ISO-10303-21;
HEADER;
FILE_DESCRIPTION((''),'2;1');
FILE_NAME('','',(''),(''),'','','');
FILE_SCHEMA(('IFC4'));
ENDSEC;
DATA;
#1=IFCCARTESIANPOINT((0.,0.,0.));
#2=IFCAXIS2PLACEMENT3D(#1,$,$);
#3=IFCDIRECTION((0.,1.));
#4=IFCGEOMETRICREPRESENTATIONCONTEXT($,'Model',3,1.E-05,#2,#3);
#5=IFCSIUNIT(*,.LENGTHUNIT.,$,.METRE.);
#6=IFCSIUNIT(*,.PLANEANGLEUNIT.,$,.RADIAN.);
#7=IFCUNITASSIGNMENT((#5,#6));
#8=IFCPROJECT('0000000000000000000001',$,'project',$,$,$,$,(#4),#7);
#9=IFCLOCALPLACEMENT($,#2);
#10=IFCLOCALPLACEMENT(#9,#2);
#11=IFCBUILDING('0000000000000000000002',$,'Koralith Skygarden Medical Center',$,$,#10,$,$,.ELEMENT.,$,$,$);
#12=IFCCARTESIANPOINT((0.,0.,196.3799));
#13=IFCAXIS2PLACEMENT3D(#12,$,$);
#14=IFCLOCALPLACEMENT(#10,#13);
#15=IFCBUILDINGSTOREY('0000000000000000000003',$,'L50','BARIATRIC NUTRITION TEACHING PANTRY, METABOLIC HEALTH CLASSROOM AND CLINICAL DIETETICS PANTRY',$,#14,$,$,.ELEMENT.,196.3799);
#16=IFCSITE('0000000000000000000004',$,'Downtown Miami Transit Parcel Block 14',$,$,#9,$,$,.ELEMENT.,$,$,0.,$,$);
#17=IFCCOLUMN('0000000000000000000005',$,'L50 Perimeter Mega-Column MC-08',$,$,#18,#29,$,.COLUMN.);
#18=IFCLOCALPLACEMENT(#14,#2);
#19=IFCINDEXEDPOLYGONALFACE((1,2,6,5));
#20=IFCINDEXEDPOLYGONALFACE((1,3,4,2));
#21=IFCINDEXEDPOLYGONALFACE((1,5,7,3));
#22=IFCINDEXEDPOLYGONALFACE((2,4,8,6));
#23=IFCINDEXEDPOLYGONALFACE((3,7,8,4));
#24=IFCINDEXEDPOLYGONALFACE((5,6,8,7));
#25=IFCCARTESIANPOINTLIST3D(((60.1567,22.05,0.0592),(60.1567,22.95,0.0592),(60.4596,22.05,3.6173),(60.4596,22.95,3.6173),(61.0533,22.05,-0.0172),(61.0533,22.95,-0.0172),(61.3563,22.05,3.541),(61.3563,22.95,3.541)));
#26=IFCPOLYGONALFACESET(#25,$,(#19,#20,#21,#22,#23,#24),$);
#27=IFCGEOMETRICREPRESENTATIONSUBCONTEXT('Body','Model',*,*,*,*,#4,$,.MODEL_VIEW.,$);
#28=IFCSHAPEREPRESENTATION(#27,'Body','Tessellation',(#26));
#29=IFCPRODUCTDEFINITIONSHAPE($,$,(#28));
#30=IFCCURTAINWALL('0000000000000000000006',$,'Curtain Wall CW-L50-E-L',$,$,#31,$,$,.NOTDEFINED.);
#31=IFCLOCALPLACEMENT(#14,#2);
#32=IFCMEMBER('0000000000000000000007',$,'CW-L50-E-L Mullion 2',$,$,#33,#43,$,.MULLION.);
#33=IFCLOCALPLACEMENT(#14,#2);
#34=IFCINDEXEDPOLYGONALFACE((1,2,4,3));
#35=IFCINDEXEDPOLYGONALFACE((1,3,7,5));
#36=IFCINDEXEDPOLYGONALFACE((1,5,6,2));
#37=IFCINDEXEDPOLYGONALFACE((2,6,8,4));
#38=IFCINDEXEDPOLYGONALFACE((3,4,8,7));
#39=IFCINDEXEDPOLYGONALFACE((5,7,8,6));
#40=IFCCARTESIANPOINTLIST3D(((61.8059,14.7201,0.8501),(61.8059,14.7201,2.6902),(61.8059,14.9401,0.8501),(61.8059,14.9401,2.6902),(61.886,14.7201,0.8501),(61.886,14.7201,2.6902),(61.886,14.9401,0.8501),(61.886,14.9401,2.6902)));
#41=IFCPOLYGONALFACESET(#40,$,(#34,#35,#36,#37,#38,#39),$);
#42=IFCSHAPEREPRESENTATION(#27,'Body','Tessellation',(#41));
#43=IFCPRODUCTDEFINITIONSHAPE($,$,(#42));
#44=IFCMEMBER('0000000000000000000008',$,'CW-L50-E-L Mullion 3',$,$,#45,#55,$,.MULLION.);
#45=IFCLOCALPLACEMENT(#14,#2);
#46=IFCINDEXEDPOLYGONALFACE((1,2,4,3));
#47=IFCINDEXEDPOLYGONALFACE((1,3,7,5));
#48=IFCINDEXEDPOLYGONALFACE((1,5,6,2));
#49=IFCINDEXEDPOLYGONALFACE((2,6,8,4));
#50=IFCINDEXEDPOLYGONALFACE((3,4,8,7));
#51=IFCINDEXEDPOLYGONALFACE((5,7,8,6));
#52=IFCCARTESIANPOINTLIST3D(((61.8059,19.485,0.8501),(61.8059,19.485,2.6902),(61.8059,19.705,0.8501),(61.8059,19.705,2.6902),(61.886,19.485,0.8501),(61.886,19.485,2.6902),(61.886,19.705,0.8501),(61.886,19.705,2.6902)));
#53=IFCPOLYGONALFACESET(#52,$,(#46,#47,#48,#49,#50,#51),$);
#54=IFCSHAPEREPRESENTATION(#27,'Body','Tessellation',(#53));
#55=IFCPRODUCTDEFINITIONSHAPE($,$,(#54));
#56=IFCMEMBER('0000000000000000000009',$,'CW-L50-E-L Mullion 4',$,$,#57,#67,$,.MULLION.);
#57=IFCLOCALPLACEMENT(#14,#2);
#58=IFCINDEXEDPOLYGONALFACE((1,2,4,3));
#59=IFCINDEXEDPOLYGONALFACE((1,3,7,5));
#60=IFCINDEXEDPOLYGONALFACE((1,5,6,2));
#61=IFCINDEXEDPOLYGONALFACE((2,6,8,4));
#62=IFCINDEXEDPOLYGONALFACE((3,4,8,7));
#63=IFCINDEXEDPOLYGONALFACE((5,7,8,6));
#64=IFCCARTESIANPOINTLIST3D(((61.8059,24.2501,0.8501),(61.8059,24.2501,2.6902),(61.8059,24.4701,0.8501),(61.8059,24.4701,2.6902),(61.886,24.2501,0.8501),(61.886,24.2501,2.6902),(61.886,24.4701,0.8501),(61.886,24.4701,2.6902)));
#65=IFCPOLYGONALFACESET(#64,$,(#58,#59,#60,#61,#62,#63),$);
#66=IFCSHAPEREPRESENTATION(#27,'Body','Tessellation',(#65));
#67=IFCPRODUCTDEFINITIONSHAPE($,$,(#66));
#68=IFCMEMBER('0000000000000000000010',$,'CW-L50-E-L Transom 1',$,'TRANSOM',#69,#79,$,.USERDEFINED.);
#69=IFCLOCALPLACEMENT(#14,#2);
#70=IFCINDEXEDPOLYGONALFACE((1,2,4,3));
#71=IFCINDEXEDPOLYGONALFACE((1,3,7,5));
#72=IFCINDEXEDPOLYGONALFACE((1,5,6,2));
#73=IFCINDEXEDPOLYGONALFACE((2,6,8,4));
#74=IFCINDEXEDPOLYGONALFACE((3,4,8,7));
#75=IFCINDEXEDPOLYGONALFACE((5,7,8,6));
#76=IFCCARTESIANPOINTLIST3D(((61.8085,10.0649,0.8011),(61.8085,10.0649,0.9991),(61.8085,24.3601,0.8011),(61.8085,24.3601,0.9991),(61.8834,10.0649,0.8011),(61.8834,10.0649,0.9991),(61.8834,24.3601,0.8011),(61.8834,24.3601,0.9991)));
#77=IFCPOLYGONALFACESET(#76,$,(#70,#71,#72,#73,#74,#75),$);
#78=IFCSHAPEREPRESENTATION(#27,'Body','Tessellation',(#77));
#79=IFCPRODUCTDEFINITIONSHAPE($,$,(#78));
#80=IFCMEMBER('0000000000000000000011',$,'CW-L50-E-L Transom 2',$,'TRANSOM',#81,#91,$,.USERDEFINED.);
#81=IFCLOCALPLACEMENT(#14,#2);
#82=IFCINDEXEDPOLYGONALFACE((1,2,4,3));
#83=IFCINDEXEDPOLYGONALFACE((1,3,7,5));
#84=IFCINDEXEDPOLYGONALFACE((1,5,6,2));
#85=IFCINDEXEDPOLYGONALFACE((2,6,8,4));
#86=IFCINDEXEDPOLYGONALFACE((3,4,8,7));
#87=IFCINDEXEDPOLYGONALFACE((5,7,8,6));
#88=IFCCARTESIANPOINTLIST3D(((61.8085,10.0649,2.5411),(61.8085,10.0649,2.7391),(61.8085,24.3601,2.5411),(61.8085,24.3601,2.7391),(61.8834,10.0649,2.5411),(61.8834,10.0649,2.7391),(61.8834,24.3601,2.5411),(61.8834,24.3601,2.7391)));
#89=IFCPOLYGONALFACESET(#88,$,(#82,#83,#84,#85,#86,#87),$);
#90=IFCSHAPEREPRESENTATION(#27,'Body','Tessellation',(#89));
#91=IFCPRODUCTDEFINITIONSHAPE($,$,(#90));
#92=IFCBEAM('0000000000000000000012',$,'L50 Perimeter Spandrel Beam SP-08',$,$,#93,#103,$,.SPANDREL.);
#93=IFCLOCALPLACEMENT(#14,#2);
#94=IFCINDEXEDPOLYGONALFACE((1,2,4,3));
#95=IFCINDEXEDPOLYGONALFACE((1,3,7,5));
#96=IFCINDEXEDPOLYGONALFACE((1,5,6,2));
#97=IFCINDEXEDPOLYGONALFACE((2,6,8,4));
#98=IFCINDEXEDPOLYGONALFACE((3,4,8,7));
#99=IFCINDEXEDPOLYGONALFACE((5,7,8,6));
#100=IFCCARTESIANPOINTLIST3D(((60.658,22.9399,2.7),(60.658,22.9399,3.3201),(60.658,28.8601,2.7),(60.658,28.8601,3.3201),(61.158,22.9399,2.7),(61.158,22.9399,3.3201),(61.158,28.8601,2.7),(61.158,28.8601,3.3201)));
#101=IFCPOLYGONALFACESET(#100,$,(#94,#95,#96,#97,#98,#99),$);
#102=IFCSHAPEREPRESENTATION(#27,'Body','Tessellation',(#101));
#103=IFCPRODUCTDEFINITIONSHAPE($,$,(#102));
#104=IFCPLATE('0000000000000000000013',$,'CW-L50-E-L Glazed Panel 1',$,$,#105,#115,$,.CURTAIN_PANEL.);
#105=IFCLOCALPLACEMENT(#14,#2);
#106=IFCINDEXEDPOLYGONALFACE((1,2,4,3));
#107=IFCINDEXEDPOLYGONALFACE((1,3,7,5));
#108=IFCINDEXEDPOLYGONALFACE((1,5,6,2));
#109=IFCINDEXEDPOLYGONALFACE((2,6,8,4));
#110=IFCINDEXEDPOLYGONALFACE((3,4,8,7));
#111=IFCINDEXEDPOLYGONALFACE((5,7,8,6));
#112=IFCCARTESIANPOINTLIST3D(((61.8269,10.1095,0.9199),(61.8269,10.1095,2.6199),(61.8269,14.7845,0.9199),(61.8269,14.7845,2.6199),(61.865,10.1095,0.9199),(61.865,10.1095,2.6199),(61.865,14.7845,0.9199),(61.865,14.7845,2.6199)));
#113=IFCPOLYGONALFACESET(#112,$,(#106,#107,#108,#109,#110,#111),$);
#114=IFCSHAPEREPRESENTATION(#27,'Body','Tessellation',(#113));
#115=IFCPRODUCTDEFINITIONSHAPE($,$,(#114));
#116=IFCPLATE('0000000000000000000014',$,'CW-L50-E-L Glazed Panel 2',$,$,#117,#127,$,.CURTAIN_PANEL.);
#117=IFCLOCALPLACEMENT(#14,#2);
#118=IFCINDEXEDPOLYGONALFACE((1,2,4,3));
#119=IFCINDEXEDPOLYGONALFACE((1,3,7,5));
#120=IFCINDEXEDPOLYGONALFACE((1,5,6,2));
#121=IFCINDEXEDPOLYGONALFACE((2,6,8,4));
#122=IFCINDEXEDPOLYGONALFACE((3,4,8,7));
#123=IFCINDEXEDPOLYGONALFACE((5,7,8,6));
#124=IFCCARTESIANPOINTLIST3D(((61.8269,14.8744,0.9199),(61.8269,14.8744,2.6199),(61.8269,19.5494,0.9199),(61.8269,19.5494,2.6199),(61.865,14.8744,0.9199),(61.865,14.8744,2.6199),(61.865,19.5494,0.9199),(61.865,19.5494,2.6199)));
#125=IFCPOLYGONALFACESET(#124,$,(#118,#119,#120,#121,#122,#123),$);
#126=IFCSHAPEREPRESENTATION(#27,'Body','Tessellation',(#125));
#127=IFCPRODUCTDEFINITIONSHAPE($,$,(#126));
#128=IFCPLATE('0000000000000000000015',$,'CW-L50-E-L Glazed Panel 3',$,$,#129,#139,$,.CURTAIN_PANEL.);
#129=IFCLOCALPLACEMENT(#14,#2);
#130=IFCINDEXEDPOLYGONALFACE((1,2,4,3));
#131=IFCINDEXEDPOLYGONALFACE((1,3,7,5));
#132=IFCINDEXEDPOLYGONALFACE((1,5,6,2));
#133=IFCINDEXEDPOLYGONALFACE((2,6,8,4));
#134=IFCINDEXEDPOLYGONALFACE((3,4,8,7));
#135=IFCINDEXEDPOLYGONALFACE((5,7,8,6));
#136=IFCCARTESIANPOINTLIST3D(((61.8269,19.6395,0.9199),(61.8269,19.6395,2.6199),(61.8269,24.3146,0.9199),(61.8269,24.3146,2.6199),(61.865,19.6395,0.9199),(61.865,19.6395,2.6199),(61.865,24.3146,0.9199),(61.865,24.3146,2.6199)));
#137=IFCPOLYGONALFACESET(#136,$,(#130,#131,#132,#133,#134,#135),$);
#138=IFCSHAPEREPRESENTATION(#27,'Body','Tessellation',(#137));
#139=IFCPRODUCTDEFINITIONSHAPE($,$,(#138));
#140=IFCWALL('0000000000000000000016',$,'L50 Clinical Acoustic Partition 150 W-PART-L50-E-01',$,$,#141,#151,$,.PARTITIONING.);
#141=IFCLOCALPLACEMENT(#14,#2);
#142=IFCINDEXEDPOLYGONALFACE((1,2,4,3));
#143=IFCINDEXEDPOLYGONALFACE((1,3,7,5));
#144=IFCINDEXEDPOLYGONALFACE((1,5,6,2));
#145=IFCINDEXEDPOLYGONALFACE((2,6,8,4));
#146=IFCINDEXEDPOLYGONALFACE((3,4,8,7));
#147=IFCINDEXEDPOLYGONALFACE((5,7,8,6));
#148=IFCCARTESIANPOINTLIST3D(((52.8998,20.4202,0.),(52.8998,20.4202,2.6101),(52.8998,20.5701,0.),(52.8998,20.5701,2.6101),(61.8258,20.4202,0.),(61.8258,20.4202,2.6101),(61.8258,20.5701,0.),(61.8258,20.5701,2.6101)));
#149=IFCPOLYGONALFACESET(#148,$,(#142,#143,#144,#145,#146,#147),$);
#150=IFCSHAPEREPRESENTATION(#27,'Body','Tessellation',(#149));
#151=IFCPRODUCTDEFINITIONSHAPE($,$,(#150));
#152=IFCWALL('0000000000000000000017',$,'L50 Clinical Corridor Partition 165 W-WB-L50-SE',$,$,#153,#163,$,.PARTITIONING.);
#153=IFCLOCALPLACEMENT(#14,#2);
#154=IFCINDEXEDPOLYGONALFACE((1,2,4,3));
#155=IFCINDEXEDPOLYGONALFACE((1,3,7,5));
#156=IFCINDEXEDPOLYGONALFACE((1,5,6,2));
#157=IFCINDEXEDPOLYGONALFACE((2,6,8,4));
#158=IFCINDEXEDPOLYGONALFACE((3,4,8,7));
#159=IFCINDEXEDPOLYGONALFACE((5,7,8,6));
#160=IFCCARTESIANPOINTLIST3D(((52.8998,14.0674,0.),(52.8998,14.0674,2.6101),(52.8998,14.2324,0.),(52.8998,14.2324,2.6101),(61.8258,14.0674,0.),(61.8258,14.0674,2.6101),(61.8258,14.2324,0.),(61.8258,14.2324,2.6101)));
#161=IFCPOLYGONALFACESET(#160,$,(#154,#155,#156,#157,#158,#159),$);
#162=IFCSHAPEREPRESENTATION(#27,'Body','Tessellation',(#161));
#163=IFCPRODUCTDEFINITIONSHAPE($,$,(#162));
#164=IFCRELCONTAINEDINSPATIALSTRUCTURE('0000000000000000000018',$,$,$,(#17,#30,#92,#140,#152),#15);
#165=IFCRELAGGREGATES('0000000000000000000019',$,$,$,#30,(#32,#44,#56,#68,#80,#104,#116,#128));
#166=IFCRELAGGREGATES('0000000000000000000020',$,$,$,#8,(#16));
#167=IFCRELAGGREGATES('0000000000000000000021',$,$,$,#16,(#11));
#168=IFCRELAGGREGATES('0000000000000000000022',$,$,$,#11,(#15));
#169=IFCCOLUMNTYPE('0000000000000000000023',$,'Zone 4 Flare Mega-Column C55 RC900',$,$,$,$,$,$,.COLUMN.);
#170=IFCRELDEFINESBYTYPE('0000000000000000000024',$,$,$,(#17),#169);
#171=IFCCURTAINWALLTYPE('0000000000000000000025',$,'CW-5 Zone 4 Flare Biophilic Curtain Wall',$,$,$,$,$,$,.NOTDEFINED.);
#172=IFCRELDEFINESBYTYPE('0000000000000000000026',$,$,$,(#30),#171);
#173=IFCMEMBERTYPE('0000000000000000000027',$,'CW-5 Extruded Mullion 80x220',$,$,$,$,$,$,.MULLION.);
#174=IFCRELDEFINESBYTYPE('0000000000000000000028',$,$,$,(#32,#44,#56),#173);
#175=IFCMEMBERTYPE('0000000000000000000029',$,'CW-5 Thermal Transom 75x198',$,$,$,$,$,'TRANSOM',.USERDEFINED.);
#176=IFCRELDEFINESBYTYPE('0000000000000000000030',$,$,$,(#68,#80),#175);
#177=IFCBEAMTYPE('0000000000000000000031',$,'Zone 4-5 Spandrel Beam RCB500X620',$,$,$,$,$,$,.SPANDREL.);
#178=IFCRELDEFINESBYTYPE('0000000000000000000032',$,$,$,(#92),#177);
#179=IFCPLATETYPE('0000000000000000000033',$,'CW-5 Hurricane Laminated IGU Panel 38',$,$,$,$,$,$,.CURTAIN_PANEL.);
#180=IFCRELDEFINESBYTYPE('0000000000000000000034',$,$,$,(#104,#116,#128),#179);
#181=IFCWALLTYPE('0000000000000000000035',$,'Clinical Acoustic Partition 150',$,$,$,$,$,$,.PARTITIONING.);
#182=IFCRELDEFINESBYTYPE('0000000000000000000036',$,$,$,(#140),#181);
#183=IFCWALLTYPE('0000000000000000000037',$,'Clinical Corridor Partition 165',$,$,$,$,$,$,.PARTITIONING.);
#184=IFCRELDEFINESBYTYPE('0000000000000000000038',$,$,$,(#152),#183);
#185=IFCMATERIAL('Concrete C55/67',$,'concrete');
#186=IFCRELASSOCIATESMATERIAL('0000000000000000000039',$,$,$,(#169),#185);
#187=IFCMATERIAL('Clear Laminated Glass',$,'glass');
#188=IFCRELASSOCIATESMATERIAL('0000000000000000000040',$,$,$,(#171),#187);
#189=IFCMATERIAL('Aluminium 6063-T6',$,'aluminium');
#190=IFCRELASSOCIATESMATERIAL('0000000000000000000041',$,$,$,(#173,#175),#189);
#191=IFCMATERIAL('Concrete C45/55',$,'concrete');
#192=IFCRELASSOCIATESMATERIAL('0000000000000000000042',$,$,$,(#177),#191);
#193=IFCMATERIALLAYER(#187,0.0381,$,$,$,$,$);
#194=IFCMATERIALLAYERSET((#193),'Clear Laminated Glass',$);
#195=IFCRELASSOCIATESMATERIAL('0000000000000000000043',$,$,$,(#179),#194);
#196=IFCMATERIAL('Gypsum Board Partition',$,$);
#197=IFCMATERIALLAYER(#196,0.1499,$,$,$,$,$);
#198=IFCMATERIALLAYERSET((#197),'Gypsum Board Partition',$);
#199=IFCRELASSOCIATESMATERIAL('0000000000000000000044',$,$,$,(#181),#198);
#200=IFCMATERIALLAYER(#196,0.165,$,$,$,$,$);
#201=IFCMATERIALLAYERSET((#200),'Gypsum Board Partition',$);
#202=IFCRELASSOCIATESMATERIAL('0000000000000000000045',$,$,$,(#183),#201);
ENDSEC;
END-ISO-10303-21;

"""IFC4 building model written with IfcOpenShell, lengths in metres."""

from ifc_helpers import new_model, si_unit, direction, frame, frame_2d, origin, origin_2d, place, context, subcontext, project, spatial, rectangle, extrude, material, layer, layer_set, material_profile, profile_set, type_object, element, aggregate, save


model = new_model("IFC4")

# Units and contexts
model_context = context("Model", 3, precision=1e-05, world=origin(), true_north=direction((0.0, 1.0)))
body_context = subcontext(model_context, "Body", "Model", "MODEL_VIEW")
ifc_project = project(units=[si_unit("LENGTHUNIT", "METRE"), si_unit("PLANEANGLEUNIT", "RADIAN")], contexts=[model_context])

# Site, building, storey
site_placement = place(None, origin())
site = spatial("IfcSite", under=ifc_project, at=site_placement, Name="Downtown Miami Transit Parcel Block 14", CompositionType="ELEMENT", RefElevation=0.0)
building_placement = place(site_placement, origin())
building = spatial("IfcBuilding", under=site, at=building_placement, Name="Koralith Skygarden Medical Center", CompositionType="ELEMENT")
storey_placement = place(building_placement, frame((0.0, 0.0, 196.3799)))
storey = spatial("IfcBuildingStorey", under=building, at=storey_placement, Name="L50", Description="BARIATRIC NUTRITION TEACHING PANTRY, METABOLIC HEALTH CLASSROOM AND CLINICAL DIETETICS PANTRY", CompositionType="ELEMENT", Elevation=196.3799)

# Column
ifc_material_1 = material(Name="Concrete C55/67", Category="concrete")
ifc_material_profile_1 = material_profile(ifc_material_1, rectangle(XDim=0.8999, YDim=0.8999, at=origin_2d()), Name="RC900X900")
ifc_profile_set_1 = profile_set([ifc_material_profile_1], Name="Concrete C55/67")
column_type = type_object("IfcColumnType", Name="Zone 4 Flare Mega-Column C55 RC900", PredefinedType="COLUMN", material=ifc_profile_set_1)
column_placement = place(storey_placement, frame((60.605, 22.5, 0.021), z_axis=(0.084845, 0.0, 0.996394), x_axis=(0.0, 1.0, 0.0)))
element("IfcColumn", 1, at=column_placement, inside=storey, type_object=column_type, Name="L50 Perimeter Mega-Column MC-08", PredefinedType="COLUMN", context=body_context, shape_type="SweptSolid", body=[
    extrude(rectangle(XDim=0.8999, YDim=0.8999, at=origin_2d()), origin(), (0.0, 0.0, 1.0), 3.571),
])

# Curtain wall, members
ifc_material_2 = material(Name="Clear Laminated Glass", Category="glass")
curtain_wall_type = type_object("IfcCurtainWallType", Name="CW-5 Zone 4 Flare Biophilic Curtain Wall", PredefinedType="NOTDEFINED", material=ifc_material_2)
curtain_wall_placement = place(storey_placement, origin())
curtain_wall = element("IfcCurtainWall", 2, at=curtain_wall_placement, inside=storey, type_object=curtain_wall_type, Name="Curtain Wall CW-L50-E-L", PredefinedType="NOTDEFINED")
ifc_material_3 = material(Name="Aluminium 6063-T6", Category="aluminium")
ifc_material_profile_2 = material_profile(ifc_material_3, rectangle(XDim=0.0801, YDim=0.22, at=origin_2d()), Name="MUL80X220")
ifc_profile_set_2 = profile_set([ifc_material_profile_2], Name="Aluminium 6063-T6")
member_type_1 = type_object("IfcMemberType", Name="CW-5 Extruded Mullion 80x220", PredefinedType="MULLION", material=ifc_profile_set_2)
member_1_placement = place(storey_placement, frame((61.8459, 14.8301, 0.8501), z_axis=(0.0, 0.0, 1.0), x_axis=(1.0, 0.0, 0.0)))
member_1 = element("IfcMember", 3, at=member_1_placement, type_object=member_type_1, Name="CW-L50-E-L Mullion 2", PredefinedType="MULLION", context=body_context, shape_type="SweptSolid", body=[
    extrude(rectangle(XDim=0.0801, YDim=0.22, at=origin_2d()), origin(), (0.0, 0.0, 1.0), 1.8401),
])
member_2_placement = place(storey_placement, frame((61.8459, 19.595, 0.8501), z_axis=(0.0, 0.0, 1.0), x_axis=(1.0, 0.0, 0.0)))
member_2 = element("IfcMember", 4, at=member_2_placement, type_object=member_type_1, Name="CW-L50-E-L Mullion 3", PredefinedType="MULLION", context=body_context, shape_type="SweptSolid", body=[
    extrude(rectangle(XDim=0.0801, YDim=0.22, at=origin_2d()), origin(), (0.0, 0.0, 1.0), 1.8401),
])
member_3_placement = place(storey_placement, frame((61.8459, 24.3601, 0.8501), z_axis=(0.0, 0.0, 1.0), x_axis=(1.0, 0.0, 0.0)))
member_3 = element("IfcMember", 5, at=member_3_placement, type_object=member_type_1, Name="CW-L50-E-L Mullion 4", PredefinedType="MULLION", context=body_context, shape_type="SweptSolid", body=[
    extrude(rectangle(XDim=0.0801, YDim=0.22, at=origin_2d()), origin(), (0.0, 0.0, 1.0), 1.8401),
])
ifc_material_profile_3 = material_profile(ifc_material_3, rectangle(XDim=0.075, YDim=0.198, at=origin_2d()), Name="TRN75X198")
ifc_profile_set_3 = profile_set([ifc_material_profile_3], Name="Aluminium 6063-T6")
member_type_2 = type_object("IfcMemberType", Name="CW-5 Thermal Transom 75x198", ElementType="TRANSOM", PredefinedType="USERDEFINED", material=ifc_profile_set_3)
member_4_placement = place(storey_placement, frame((61.8459, 10.0649, 0.9001), z_axis=(0.0, 1.0, 0.0), x_axis=(-1.0, 0.0, 0.0)))
member_4 = element("IfcMember", 6, at=member_4_placement, type_object=member_type_2, Name="CW-L50-E-L Transom 1", ObjectType="TRANSOM", PredefinedType="USERDEFINED", context=body_context, shape_type="SweptSolid", body=[
    extrude(rectangle(XDim=0.075, YDim=0.198, at=origin_2d()), origin(), (0.0, 0.0, 1.0), 14.2952),
])
member_5_placement = place(storey_placement, frame((61.8459, 10.0649, 2.6401), z_axis=(0.0, 1.0, 0.0), x_axis=(-1.0, 0.0, 0.0)))
member_5 = element("IfcMember", 7, at=member_5_placement, type_object=member_type_2, Name="CW-L50-E-L Transom 2", ObjectType="TRANSOM", PredefinedType="USERDEFINED", context=body_context, shape_type="SweptSolid", body=[
    extrude(rectangle(XDim=0.075, YDim=0.198, at=origin_2d()), origin(), (0.0, 0.0, 1.0), 14.2952),
])

# Beam
ifc_material_4 = material(Name="Concrete C45/55", Category="concrete")
ifc_material_profile_4 = material_profile(ifc_material_4, rectangle(XDim=0.5, YDim=0.6201, at=origin_2d()), Name="RCB500X620")
ifc_profile_set_4 = profile_set([ifc_material_profile_4], Name="Concrete C45/55")
beam_type = type_object("IfcBeamType", Name="Zone 4-5 Spandrel Beam RCB500X620", PredefinedType="SPANDREL", material=ifc_profile_set_4)
beam_placement = place(storey_placement, frame((60.908, 22.9399, 3.01), z_axis=(0.0, 1.0, 0.0), x_axis=(-1.0, 0.0, 0.0)))
element("IfcBeam", 8, at=beam_placement, inside=storey, type_object=beam_type, Name="L50 Perimeter Spandrel Beam SP-08", PredefinedType="SPANDREL", context=body_context, shape_type="SweptSolid", body=[
    extrude(rectangle(XDim=0.5, YDim=0.6201, at=origin_2d()), origin(), (0.0, 0.0, 1.0), 5.9202),
])

# Plates
ifc_layer_1 = layer(ifc_material_2, 0.0381)
ifc_layer_set_1 = layer_set([ifc_layer_1], Name="Clear Laminated Glass")
plate_type = type_object("IfcPlateType", Name="CW-5 Hurricane Laminated IGU Panel 38", PredefinedType="CURTAIN_PANEL", material=ifc_layer_set_1)
plate_1_placement = place(storey_placement, frame((61.8459, 12.447, 0.9199), z_axis=(0.0, 0.0, 1.0), x_axis=(0.0, 1.0, 0.0)))
plate_1 = element("IfcPlate", 9, at=plate_1_placement, type_object=plate_type, Name="CW-L50-E-L Glazed Panel 1", PredefinedType="CURTAIN_PANEL", context=body_context, shape_type="SweptSolid", body=[
    extrude(rectangle(XDim=4.675, YDim=0.0381, at=origin_2d()), origin(), (0.0, 0.0, 1.0), 1.7),
])
plate_2_placement = place(storey_placement, frame((61.8459, 17.2119, 0.9199), z_axis=(0.0, 0.0, 1.0), x_axis=(0.0, 1.0, 0.0)))
plate_2 = element("IfcPlate", 10, at=plate_2_placement, type_object=plate_type, Name="CW-L50-E-L Glazed Panel 2", PredefinedType="CURTAIN_PANEL", context=body_context, shape_type="SweptSolid", body=[
    extrude(rectangle(XDim=4.675, YDim=0.0381, at=origin_2d()), origin(), (0.0, 0.0, 1.0), 1.7),
])
plate_3_placement = place(storey_placement, frame((61.8459, 21.9771, 0.9199), z_axis=(0.0, 0.0, 1.0), x_axis=(0.0, 1.0, 0.0)))
plate_3 = element("IfcPlate", 11, at=plate_3_placement, type_object=plate_type, Name="CW-L50-E-L Glazed Panel 3", PredefinedType="CURTAIN_PANEL", context=body_context, shape_type="SweptSolid", body=[
    extrude(rectangle(XDim=4.675, YDim=0.0381, at=origin_2d()), origin(), (0.0, 0.0, 1.0), 1.7),
])
aggregate(curtain_wall, [member_1, member_2, member_3, member_4, member_5, plate_1, plate_2, plate_3])

# Walls
ifc_material_5 = material(Name="Gypsum Board Partition")
ifc_layer_2 = layer(ifc_material_5, 0.1499)
ifc_layer_set_2 = layer_set([ifc_layer_2], Name="Gypsum Board Partition")
wall_type_1 = type_object("IfcWallType", Name="Clinical Acoustic Partition 150", PredefinedType="PARTITIONING", material=ifc_layer_set_2)
wall_1_placement = place(storey_placement, frame((52.8999, 20.4951, 0.0), z_axis=(0.0, 0.0, 1.0), x_axis=(1.0, 0.0, 0.0)))
element("IfcWall", 12, at=wall_1_placement, inside=storey, type_object=wall_type_1, Name="L50 Clinical Acoustic Partition 150 W-PART-L50-E-01", PredefinedType="PARTITIONING", context=body_context, shape_type="SweptSolid", body=[
    extrude(rectangle(XDim=8.926, YDim=0.1499, at=frame_2d((4.4629, 0.0))), origin(), (0.0, 0.0, 1.0), 2.6101),
])
ifc_layer_3 = layer(ifc_material_5, 0.165)
ifc_layer_set_3 = layer_set([ifc_layer_3], Name="Gypsum Board Partition")
wall_type_2 = type_object("IfcWallType", Name="Clinical Corridor Partition 165", PredefinedType="PARTITIONING", material=ifc_layer_set_3)
wall_2_placement = place(storey_placement, frame((52.8999, 14.1499, 0.0), z_axis=(0.0, 0.0, 1.0), x_axis=(1.0, 0.0, 0.0)))
element("IfcWall", 13, at=wall_2_placement, inside=storey, type_object=wall_type_2, Name="L50 Clinical Corridor Partition 165 W-WB-L50-SE", PredefinedType="PARTITIONING", context=body_context, shape_type="SweptSolid", body=[
    extrude(rectangle(XDim=8.926, YDim=0.165, at=frame_2d((4.4629, 0.0))), origin(), (0.0, 0.0, 1.0), 2.6101),
])

save(model, "model.ifc")
